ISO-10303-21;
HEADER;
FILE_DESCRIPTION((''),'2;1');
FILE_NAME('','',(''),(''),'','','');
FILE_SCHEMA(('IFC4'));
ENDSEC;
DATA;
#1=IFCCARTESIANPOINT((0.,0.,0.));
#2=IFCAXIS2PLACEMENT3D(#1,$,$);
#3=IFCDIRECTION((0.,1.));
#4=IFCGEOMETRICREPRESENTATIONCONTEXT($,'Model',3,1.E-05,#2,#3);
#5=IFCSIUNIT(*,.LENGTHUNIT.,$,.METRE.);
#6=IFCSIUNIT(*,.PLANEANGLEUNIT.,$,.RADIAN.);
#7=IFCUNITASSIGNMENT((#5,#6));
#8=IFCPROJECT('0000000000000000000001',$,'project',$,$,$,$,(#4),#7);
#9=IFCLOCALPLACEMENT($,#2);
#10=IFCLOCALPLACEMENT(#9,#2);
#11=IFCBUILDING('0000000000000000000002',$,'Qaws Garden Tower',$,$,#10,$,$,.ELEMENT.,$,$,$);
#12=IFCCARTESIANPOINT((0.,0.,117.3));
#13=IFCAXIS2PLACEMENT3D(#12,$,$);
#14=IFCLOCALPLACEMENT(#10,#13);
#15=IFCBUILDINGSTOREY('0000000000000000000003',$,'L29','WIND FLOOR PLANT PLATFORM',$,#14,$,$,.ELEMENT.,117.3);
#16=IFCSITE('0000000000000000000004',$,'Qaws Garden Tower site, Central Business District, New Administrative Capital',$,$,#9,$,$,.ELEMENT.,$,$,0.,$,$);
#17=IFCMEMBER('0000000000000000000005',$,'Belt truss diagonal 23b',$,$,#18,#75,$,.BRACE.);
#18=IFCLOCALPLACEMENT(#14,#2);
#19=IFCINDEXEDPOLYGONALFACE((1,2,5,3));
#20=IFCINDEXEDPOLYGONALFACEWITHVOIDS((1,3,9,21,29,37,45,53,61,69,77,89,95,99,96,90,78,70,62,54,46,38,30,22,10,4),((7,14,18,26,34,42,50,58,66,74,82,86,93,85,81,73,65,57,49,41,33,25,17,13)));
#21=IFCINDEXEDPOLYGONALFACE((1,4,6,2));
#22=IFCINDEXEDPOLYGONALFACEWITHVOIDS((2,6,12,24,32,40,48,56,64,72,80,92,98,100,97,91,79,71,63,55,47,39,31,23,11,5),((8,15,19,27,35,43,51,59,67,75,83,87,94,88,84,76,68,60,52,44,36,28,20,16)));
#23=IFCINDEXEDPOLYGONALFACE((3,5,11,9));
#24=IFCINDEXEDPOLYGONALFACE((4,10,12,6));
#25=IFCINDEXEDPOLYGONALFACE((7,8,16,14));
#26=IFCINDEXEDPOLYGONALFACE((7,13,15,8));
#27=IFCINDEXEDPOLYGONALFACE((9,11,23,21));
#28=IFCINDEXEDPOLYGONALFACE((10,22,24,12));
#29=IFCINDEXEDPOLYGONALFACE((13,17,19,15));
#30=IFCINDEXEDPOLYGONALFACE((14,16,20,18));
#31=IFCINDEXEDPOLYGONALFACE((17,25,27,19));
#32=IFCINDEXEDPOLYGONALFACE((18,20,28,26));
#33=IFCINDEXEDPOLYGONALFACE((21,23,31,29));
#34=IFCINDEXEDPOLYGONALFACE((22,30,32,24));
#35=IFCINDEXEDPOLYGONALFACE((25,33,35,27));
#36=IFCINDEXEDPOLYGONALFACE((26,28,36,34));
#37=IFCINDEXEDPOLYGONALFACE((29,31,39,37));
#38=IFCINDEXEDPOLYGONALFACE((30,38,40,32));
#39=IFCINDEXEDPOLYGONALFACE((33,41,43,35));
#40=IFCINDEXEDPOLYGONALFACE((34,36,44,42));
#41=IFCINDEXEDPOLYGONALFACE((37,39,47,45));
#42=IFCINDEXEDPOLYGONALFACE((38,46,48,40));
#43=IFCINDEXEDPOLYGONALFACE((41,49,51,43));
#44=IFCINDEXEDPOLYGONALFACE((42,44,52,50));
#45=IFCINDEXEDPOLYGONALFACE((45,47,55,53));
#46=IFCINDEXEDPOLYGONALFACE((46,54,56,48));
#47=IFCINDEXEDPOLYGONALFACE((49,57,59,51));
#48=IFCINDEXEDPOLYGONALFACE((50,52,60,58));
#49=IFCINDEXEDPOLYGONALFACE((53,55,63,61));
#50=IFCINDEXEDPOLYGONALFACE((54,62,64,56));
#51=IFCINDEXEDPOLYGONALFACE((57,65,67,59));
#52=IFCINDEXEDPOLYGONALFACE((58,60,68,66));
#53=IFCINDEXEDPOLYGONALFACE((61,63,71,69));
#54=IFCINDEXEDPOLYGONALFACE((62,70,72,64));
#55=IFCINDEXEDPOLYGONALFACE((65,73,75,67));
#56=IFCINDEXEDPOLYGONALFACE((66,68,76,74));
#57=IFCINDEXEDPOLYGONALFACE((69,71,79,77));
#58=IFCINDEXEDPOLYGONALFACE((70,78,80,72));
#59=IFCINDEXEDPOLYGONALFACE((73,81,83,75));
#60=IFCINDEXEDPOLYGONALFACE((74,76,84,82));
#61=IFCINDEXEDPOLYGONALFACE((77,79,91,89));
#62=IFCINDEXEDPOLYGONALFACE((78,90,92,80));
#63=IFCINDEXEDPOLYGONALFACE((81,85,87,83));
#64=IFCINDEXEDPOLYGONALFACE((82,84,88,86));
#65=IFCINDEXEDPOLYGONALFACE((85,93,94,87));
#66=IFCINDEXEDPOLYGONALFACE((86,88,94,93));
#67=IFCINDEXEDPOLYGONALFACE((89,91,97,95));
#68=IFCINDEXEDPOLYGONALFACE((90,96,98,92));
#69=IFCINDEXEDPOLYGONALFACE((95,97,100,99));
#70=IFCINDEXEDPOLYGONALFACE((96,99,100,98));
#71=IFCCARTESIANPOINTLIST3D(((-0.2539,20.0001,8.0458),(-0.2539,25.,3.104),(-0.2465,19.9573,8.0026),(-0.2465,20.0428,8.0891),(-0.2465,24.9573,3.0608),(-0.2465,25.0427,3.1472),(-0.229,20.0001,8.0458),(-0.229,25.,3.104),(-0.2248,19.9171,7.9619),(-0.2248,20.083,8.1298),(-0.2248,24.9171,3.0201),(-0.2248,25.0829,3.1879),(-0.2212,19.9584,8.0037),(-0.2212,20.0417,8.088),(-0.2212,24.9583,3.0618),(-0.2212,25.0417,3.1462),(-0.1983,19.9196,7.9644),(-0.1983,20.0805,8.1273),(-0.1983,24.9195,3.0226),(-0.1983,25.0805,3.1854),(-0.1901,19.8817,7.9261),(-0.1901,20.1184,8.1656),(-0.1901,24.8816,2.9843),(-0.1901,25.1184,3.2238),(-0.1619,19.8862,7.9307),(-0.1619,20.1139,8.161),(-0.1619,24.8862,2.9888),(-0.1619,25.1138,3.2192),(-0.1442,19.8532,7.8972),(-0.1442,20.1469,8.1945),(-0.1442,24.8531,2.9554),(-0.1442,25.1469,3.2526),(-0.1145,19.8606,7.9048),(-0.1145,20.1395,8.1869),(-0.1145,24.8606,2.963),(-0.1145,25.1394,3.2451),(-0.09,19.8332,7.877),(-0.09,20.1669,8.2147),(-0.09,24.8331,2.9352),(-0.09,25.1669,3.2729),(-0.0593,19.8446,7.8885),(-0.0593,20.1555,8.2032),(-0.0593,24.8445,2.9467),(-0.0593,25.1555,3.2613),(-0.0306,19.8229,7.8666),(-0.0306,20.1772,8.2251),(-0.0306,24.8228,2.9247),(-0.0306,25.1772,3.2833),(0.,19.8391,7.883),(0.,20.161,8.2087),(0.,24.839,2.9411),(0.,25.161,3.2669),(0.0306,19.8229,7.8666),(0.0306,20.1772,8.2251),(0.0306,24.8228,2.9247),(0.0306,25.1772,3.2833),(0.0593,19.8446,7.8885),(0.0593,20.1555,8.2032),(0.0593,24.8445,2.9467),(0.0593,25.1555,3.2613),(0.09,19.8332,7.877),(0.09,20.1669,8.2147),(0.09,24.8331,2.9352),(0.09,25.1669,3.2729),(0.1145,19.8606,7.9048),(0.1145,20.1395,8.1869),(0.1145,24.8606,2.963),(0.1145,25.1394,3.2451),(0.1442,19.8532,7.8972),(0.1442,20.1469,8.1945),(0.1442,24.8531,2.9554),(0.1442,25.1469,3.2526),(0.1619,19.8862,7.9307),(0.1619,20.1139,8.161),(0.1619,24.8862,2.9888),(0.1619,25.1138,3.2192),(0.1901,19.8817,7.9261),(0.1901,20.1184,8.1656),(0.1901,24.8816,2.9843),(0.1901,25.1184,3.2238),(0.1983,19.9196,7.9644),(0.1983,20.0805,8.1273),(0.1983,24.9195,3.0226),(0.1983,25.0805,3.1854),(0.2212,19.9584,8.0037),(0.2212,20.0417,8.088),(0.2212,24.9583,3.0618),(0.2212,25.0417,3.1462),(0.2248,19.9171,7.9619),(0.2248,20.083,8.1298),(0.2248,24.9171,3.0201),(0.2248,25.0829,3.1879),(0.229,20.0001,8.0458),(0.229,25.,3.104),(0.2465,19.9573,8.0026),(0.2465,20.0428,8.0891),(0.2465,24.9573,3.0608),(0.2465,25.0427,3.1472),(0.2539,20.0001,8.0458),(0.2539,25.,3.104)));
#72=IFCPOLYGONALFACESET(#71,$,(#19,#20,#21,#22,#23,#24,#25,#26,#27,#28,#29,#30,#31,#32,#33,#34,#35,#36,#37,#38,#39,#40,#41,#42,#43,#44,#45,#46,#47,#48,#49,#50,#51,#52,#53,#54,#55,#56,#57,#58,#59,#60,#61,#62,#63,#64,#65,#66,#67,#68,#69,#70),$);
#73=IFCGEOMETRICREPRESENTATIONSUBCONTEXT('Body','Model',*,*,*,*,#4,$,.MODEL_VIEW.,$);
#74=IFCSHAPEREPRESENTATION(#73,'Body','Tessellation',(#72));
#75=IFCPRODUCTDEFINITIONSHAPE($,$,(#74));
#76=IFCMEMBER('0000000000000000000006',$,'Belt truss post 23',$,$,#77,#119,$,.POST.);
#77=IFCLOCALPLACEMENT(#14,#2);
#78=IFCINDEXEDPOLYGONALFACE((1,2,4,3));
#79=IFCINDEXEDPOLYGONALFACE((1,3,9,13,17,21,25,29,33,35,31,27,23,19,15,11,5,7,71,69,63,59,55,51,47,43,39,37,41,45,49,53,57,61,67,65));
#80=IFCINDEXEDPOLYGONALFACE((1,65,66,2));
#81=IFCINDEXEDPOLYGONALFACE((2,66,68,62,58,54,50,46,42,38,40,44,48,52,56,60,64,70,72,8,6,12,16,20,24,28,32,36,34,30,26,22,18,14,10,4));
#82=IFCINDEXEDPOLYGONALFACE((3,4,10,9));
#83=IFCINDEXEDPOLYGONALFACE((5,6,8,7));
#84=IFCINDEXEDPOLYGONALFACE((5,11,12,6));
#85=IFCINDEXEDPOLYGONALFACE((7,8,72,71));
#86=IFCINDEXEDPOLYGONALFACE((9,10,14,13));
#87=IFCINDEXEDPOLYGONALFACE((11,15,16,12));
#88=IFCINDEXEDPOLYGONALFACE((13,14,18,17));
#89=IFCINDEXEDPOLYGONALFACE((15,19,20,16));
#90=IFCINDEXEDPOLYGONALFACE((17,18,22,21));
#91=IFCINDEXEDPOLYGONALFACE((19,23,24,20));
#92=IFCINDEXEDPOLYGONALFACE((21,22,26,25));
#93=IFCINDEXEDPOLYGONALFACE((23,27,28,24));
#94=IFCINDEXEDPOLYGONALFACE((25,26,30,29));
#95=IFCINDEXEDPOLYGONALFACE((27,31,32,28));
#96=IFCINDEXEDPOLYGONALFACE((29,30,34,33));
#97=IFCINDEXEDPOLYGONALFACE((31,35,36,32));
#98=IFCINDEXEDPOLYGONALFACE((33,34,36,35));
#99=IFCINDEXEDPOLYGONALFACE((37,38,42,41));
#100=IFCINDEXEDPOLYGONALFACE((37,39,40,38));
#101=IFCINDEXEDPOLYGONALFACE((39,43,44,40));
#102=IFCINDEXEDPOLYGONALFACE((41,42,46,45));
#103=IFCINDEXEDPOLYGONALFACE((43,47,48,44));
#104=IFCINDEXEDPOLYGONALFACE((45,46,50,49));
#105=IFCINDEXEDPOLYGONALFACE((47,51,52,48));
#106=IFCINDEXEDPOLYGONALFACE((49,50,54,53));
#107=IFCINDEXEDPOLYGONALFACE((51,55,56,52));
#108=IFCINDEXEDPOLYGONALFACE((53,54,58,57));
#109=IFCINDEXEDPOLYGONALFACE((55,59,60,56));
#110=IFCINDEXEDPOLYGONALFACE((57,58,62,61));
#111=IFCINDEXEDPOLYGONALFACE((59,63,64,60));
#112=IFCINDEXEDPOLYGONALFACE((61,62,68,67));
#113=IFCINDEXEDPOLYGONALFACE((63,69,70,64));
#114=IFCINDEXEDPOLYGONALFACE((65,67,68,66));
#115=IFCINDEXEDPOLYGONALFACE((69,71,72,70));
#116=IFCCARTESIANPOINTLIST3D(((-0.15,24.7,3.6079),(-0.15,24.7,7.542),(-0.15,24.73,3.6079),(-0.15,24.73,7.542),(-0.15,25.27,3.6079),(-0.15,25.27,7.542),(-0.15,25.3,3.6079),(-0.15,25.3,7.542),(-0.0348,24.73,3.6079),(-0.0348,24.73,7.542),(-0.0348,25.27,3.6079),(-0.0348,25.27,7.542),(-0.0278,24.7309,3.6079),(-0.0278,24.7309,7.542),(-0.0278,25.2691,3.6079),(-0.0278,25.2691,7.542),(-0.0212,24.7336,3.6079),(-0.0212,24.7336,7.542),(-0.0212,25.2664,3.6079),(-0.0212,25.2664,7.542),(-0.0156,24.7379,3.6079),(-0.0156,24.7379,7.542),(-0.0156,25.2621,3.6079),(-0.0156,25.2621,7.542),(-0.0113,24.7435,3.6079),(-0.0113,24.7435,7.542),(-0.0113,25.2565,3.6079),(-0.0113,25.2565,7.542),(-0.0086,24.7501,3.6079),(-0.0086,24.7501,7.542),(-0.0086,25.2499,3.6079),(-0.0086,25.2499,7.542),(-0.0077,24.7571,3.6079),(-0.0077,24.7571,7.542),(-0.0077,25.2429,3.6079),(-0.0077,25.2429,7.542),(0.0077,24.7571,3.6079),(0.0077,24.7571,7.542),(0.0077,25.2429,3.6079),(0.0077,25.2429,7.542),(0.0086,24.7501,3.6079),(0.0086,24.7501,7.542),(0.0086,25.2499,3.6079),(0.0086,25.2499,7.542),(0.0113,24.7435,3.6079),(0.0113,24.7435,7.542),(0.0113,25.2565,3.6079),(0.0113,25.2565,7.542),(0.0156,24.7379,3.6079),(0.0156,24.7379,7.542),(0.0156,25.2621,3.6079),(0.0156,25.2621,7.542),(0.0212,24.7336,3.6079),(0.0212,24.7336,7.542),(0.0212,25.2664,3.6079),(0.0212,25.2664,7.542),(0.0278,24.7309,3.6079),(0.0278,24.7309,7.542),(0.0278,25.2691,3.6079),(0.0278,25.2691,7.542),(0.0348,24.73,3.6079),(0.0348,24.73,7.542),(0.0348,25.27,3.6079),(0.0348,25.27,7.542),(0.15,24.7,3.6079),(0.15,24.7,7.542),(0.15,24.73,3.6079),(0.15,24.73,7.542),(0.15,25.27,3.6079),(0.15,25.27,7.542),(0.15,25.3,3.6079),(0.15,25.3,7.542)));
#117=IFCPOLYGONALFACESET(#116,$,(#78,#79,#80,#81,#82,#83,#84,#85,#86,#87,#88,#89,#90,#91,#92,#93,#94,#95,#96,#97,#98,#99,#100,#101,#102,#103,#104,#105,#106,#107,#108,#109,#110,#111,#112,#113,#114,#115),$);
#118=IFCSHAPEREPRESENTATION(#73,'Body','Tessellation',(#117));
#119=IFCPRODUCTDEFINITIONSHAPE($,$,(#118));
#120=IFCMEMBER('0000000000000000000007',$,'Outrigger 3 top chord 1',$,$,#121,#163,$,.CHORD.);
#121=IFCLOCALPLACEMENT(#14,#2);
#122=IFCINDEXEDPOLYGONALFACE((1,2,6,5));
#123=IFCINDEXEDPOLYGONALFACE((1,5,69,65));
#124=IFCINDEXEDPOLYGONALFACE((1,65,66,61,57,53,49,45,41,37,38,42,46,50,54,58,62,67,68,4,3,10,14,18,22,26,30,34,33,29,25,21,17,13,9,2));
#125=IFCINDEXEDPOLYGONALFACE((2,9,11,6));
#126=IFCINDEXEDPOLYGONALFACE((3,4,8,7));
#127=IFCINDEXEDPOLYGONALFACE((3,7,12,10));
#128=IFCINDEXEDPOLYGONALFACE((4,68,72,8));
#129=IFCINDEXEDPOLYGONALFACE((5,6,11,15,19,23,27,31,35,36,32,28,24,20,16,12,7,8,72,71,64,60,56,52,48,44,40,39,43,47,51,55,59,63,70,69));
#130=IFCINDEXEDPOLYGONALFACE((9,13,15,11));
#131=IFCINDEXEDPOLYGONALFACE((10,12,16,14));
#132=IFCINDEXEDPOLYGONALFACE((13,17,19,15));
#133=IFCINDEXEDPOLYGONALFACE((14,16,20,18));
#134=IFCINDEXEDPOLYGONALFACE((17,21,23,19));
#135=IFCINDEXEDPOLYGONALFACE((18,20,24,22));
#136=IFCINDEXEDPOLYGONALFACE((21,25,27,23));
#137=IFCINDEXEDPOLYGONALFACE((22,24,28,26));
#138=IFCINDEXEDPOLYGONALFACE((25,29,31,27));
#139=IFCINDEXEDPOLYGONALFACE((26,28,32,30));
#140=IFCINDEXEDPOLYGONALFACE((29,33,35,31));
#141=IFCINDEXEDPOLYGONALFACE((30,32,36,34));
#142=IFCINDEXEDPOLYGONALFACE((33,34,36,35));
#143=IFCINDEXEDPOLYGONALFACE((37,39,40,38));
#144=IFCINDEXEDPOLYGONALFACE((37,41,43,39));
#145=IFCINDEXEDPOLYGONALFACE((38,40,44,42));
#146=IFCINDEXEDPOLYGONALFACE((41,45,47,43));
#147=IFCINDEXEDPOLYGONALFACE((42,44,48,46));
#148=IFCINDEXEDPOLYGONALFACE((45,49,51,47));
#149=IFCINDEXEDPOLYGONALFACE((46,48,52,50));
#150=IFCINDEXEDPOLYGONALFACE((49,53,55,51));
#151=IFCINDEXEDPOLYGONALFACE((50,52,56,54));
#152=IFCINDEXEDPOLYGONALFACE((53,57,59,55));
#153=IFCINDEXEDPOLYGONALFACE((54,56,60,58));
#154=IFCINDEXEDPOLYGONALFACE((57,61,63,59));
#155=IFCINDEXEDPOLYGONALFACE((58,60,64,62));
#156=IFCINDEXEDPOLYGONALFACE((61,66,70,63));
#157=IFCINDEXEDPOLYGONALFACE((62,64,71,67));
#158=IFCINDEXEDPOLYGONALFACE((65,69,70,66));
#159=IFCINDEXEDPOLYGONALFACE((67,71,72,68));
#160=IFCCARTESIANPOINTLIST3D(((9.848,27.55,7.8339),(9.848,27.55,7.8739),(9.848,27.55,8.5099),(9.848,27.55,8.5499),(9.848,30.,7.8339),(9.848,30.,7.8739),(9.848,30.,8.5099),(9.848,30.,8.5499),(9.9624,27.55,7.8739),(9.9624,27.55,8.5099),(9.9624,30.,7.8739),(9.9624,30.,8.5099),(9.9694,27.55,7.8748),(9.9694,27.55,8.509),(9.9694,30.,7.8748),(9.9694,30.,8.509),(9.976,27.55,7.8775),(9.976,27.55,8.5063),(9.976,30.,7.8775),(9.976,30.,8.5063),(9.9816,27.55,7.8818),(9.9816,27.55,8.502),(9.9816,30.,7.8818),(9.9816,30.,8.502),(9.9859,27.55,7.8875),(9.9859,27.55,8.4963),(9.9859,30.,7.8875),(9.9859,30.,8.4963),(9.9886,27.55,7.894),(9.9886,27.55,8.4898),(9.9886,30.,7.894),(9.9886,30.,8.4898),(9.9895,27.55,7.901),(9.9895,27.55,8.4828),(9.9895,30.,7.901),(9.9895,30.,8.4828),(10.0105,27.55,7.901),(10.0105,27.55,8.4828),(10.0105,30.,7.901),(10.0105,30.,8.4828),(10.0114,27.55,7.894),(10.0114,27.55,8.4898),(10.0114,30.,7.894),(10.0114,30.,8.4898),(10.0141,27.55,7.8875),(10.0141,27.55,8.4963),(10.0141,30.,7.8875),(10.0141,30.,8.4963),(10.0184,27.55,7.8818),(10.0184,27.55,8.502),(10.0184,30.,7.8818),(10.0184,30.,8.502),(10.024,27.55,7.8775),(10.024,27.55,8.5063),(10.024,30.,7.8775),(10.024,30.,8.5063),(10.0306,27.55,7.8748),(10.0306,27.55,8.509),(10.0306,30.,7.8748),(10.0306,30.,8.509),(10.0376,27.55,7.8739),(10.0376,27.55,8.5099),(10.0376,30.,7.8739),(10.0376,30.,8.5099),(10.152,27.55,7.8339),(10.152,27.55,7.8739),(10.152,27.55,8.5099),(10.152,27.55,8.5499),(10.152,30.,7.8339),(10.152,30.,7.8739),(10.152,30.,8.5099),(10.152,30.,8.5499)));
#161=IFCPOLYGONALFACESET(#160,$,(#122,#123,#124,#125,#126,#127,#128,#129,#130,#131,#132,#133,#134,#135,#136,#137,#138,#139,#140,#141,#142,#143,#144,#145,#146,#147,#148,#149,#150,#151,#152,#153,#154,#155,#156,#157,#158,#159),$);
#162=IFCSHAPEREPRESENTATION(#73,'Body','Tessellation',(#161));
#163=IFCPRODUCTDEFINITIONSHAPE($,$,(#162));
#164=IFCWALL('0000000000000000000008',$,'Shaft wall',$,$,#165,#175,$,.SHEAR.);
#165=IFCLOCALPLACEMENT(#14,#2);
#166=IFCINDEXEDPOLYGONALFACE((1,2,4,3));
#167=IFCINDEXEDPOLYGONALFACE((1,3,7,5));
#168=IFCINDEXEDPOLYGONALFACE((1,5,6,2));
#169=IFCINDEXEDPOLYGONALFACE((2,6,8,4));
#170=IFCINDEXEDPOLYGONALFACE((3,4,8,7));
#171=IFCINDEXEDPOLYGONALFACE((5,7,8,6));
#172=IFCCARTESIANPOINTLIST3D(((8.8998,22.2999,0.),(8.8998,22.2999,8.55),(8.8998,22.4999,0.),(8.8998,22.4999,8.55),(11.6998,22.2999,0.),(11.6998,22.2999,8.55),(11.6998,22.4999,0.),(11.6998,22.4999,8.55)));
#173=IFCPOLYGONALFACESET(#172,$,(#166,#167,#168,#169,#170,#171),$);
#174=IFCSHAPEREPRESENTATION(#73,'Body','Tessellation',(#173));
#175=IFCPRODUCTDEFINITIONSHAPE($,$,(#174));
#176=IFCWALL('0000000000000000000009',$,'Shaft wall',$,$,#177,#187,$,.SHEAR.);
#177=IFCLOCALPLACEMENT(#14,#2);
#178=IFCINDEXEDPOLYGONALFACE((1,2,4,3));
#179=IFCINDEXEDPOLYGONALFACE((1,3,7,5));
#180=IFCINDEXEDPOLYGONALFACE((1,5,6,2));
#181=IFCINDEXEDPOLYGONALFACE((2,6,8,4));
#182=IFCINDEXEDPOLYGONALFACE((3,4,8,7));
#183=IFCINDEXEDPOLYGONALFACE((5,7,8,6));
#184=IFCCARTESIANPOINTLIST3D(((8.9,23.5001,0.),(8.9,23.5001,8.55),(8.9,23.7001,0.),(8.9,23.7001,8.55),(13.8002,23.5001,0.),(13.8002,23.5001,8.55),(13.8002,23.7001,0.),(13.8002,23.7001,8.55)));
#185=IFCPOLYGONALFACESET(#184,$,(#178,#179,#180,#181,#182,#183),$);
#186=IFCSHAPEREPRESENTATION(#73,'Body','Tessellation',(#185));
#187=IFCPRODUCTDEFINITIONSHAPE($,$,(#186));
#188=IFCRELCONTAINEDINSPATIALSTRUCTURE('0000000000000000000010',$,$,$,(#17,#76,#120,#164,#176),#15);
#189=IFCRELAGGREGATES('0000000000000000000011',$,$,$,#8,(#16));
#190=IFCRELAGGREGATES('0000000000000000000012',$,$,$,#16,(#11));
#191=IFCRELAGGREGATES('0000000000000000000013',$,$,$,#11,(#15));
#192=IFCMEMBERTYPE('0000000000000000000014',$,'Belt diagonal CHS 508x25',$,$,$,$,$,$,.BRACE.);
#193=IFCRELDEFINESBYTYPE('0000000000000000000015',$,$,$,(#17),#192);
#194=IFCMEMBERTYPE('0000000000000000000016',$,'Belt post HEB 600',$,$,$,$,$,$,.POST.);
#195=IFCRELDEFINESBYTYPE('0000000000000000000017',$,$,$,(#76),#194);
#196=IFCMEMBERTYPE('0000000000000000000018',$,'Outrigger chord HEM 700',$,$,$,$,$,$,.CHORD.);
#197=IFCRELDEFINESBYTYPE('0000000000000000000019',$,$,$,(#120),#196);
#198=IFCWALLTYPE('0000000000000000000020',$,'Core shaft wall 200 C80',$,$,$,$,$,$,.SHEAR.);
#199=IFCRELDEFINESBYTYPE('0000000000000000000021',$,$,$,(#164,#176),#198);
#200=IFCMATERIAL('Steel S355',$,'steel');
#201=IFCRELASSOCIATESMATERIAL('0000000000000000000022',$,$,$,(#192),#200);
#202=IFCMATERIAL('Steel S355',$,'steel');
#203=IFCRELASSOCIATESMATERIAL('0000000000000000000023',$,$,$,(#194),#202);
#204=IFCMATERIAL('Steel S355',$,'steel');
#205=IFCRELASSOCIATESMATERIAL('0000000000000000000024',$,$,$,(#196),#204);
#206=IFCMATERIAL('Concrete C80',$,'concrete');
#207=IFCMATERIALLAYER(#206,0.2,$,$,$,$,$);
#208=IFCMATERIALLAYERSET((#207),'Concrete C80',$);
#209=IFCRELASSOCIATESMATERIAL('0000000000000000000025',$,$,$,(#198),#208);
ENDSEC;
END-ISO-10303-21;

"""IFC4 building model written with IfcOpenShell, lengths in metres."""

from ifc_helpers import new_model, si_unit, direction, frame, frame_2d, origin, origin_2d, place, context, subcontext, project, spatial, rectangle, hollow_circle, i_section, extrude, material, layer, layer_set, material_profile, profile_set, type_object, element, save


model = new_model("IFC4")

# Units and contexts
model_context = context("Model", 3, precision=1e-05, world=origin(), true_north=direction((0.0, 1.0)))
body_context = subcontext(model_context, "Body", "Model", "MODEL_VIEW")
ifc_project = project(units=[si_unit("LENGTHUNIT", "METRE"), si_unit("PLANEANGLEUNIT", "RADIAN")], contexts=[model_context])

# Site, building, storey
site_placement = place(None, origin())
site = spatial("IfcSite", under=ifc_project, at=site_placement, Name="Qaws Garden Tower site, Central Business District, New Administrative Capital", CompositionType="ELEMENT", RefElevation=0.0)
building_placement = place(site_placement, origin())
building = spatial("IfcBuilding", under=site, at=building_placement, Name="Qaws Garden Tower", CompositionType="ELEMENT")
storey_placement = place(building_placement, frame((0.0, 0.0, 117.3)))
storey = spatial("IfcBuildingStorey", under=building, at=storey_placement, Name="L29", Description="WIND FLOOR PLANT PLATFORM", CompositionType="ELEMENT", Elevation=117.3)

# Members
ifc_material_1 = material(Name="Steel S355", Category="steel")
ifc_material_profile_1 = material_profile(ifc_material_1, hollow_circle(Radius=0.2539, WallThickness=0.0249, at=origin_2d()), Name="CHS 508x25")
ifc_profile_set_1 = profile_set([ifc_material_profile_1], Name="Steel S355")
member_type_1 = type_object("IfcMemberType", Name="Belt diagonal CHS 508x25", PredefinedType="BRACE", material=ifc_profile_set_1)
member_1_placement = place(storey_placement, frame((0.0, 25.0, 3.104), z_axis=(0.0, -0.711227, 0.702962), x_axis=(1.0, 0.0, 0.0)))
element("IfcMember", 1, at=member_1_placement, inside=storey, type_object=member_type_1, Name="Belt truss diagonal 23b", PredefinedType="BRACE", context=body_context, shape_type="SweptSolid", body=[
    extrude(hollow_circle(Radius=0.2539, WallThickness=0.0249, at=origin_2d()), origin(), (0.0, 0.0, 1.0), 7.03),
])
ifc_material_2 = material(Name="Steel S355", Category="steel")
ifc_material_profile_2 = material_profile(ifc_material_2, i_section(OverallWidth=0.3, OverallDepth=0.6001, WebThickness=0.0154, FlangeThickness=0.03, FilletRadius=0.0271, at=origin_2d()), Name="HEB 600")
ifc_profile_set_2 = profile_set([ifc_material_profile_2], Name="Steel S355")
member_type_2 = type_object("IfcMemberType", Name="Belt post HEB 600", PredefinedType="POST", material=ifc_profile_set_2)
placement = place(storey_placement, frame((0.0, 25.0, 3.6079), z_axis=(0.0, 0.0, 1.0), x_axis=(1.0, 0.0, 0.0)))
element("IfcMember", 2, at=placement, inside=storey, type_object=member_type_2, Name="Belt truss post 23", PredefinedType="POST", context=body_context, shape_type="SweptSolid", body=[
    extrude(i_section(OverallWidth=0.3, OverallDepth=0.6001, WebThickness=0.0154, FlangeThickness=0.03, FilletRadius=0.0271, at=origin_2d()), origin(), (0.0, 0.0, 1.0), 3.9341),
])
ifc_material_3 = material(Name="Steel S355", Category="steel")
ifc_material_profile_3 = material_profile(ifc_material_3, i_section(OverallWidth=0.304, OverallDepth=0.7161, WebThickness=0.021, FlangeThickness=0.04, FilletRadius=0.0271, at=origin_2d()), Name="HEM 700")
ifc_profile_set_3 = profile_set([ifc_material_profile_3], Name="Steel S355")
member_type_3 = type_object("IfcMemberType", Name="Outrigger chord HEM 700", PredefinedType="CHORD", material=ifc_profile_set_3)
member_2_placement = place(storey_placement, frame((10.0, 27.55, 8.1919), z_axis=(0.0, 1.0, 0.0), x_axis=(-1.0, 0.0, 0.0)))
element("IfcMember", 3, at=member_2_placement, inside=storey, type_object=member_type_3, Name="Outrigger 3 top chord 1", PredefinedType="CHORD", context=body_context, shape_type="SweptSolid", body=[
    extrude(i_section(OverallWidth=0.304, OverallDepth=0.7161, WebThickness=0.021, FlangeThickness=0.04, FilletRadius=0.0271, at=origin_2d()), origin(), (0.0, 0.0, 1.0), 2.45),
])

# Walls
ifc_material_4 = material(Name="Concrete C80", Category="concrete")
ifc_layer_1 = layer(ifc_material_4, 0.2)
ifc_layer_set_1 = layer_set([ifc_layer_1], Name="Concrete C80")
wall_type_1 = type_object("IfcWallType", Name="Core shaft wall 200 C80", PredefinedType="SHEAR", material=ifc_layer_set_1)
wall_1_placement = place(storey_placement, frame((8.8999, 22.3999, 0.0), z_axis=(0.0, 0.0, 1.0), x_axis=(1.0, 0.0, 0.0)))
element("IfcWall", 4, at=wall_1_placement, inside=storey, type_object=wall_type_1, Name="Shaft wall", PredefinedType="SHEAR", context=body_context, shape_type="SweptSolid", body=[
    extrude(rectangle(XDim=2.8, YDim=0.2, at=frame_2d((1.3999, 0.0))), origin(), (0.0, 0.0, 1.0), 8.55),
])
wall_2_placement = place(storey_placement, frame((8.8999, 23.6001, 0.0), z_axis=(0.0, 0.0, 1.0), x_axis=(1.0, 0.0, 0.0)))
element("IfcWall", 5, at=wall_2_placement, inside=storey, type_object=wall_type_1, Name="Shaft wall", PredefinedType="SHEAR", context=body_context, shape_type="SweptSolid", body=[
    extrude(rectangle(XDim=4.9001, YDim=0.2, at=frame_2d((2.4502, 0.0))), origin(), (0.0, 0.0, 1.0), 8.55),
])

save(model, "model.ifc")
